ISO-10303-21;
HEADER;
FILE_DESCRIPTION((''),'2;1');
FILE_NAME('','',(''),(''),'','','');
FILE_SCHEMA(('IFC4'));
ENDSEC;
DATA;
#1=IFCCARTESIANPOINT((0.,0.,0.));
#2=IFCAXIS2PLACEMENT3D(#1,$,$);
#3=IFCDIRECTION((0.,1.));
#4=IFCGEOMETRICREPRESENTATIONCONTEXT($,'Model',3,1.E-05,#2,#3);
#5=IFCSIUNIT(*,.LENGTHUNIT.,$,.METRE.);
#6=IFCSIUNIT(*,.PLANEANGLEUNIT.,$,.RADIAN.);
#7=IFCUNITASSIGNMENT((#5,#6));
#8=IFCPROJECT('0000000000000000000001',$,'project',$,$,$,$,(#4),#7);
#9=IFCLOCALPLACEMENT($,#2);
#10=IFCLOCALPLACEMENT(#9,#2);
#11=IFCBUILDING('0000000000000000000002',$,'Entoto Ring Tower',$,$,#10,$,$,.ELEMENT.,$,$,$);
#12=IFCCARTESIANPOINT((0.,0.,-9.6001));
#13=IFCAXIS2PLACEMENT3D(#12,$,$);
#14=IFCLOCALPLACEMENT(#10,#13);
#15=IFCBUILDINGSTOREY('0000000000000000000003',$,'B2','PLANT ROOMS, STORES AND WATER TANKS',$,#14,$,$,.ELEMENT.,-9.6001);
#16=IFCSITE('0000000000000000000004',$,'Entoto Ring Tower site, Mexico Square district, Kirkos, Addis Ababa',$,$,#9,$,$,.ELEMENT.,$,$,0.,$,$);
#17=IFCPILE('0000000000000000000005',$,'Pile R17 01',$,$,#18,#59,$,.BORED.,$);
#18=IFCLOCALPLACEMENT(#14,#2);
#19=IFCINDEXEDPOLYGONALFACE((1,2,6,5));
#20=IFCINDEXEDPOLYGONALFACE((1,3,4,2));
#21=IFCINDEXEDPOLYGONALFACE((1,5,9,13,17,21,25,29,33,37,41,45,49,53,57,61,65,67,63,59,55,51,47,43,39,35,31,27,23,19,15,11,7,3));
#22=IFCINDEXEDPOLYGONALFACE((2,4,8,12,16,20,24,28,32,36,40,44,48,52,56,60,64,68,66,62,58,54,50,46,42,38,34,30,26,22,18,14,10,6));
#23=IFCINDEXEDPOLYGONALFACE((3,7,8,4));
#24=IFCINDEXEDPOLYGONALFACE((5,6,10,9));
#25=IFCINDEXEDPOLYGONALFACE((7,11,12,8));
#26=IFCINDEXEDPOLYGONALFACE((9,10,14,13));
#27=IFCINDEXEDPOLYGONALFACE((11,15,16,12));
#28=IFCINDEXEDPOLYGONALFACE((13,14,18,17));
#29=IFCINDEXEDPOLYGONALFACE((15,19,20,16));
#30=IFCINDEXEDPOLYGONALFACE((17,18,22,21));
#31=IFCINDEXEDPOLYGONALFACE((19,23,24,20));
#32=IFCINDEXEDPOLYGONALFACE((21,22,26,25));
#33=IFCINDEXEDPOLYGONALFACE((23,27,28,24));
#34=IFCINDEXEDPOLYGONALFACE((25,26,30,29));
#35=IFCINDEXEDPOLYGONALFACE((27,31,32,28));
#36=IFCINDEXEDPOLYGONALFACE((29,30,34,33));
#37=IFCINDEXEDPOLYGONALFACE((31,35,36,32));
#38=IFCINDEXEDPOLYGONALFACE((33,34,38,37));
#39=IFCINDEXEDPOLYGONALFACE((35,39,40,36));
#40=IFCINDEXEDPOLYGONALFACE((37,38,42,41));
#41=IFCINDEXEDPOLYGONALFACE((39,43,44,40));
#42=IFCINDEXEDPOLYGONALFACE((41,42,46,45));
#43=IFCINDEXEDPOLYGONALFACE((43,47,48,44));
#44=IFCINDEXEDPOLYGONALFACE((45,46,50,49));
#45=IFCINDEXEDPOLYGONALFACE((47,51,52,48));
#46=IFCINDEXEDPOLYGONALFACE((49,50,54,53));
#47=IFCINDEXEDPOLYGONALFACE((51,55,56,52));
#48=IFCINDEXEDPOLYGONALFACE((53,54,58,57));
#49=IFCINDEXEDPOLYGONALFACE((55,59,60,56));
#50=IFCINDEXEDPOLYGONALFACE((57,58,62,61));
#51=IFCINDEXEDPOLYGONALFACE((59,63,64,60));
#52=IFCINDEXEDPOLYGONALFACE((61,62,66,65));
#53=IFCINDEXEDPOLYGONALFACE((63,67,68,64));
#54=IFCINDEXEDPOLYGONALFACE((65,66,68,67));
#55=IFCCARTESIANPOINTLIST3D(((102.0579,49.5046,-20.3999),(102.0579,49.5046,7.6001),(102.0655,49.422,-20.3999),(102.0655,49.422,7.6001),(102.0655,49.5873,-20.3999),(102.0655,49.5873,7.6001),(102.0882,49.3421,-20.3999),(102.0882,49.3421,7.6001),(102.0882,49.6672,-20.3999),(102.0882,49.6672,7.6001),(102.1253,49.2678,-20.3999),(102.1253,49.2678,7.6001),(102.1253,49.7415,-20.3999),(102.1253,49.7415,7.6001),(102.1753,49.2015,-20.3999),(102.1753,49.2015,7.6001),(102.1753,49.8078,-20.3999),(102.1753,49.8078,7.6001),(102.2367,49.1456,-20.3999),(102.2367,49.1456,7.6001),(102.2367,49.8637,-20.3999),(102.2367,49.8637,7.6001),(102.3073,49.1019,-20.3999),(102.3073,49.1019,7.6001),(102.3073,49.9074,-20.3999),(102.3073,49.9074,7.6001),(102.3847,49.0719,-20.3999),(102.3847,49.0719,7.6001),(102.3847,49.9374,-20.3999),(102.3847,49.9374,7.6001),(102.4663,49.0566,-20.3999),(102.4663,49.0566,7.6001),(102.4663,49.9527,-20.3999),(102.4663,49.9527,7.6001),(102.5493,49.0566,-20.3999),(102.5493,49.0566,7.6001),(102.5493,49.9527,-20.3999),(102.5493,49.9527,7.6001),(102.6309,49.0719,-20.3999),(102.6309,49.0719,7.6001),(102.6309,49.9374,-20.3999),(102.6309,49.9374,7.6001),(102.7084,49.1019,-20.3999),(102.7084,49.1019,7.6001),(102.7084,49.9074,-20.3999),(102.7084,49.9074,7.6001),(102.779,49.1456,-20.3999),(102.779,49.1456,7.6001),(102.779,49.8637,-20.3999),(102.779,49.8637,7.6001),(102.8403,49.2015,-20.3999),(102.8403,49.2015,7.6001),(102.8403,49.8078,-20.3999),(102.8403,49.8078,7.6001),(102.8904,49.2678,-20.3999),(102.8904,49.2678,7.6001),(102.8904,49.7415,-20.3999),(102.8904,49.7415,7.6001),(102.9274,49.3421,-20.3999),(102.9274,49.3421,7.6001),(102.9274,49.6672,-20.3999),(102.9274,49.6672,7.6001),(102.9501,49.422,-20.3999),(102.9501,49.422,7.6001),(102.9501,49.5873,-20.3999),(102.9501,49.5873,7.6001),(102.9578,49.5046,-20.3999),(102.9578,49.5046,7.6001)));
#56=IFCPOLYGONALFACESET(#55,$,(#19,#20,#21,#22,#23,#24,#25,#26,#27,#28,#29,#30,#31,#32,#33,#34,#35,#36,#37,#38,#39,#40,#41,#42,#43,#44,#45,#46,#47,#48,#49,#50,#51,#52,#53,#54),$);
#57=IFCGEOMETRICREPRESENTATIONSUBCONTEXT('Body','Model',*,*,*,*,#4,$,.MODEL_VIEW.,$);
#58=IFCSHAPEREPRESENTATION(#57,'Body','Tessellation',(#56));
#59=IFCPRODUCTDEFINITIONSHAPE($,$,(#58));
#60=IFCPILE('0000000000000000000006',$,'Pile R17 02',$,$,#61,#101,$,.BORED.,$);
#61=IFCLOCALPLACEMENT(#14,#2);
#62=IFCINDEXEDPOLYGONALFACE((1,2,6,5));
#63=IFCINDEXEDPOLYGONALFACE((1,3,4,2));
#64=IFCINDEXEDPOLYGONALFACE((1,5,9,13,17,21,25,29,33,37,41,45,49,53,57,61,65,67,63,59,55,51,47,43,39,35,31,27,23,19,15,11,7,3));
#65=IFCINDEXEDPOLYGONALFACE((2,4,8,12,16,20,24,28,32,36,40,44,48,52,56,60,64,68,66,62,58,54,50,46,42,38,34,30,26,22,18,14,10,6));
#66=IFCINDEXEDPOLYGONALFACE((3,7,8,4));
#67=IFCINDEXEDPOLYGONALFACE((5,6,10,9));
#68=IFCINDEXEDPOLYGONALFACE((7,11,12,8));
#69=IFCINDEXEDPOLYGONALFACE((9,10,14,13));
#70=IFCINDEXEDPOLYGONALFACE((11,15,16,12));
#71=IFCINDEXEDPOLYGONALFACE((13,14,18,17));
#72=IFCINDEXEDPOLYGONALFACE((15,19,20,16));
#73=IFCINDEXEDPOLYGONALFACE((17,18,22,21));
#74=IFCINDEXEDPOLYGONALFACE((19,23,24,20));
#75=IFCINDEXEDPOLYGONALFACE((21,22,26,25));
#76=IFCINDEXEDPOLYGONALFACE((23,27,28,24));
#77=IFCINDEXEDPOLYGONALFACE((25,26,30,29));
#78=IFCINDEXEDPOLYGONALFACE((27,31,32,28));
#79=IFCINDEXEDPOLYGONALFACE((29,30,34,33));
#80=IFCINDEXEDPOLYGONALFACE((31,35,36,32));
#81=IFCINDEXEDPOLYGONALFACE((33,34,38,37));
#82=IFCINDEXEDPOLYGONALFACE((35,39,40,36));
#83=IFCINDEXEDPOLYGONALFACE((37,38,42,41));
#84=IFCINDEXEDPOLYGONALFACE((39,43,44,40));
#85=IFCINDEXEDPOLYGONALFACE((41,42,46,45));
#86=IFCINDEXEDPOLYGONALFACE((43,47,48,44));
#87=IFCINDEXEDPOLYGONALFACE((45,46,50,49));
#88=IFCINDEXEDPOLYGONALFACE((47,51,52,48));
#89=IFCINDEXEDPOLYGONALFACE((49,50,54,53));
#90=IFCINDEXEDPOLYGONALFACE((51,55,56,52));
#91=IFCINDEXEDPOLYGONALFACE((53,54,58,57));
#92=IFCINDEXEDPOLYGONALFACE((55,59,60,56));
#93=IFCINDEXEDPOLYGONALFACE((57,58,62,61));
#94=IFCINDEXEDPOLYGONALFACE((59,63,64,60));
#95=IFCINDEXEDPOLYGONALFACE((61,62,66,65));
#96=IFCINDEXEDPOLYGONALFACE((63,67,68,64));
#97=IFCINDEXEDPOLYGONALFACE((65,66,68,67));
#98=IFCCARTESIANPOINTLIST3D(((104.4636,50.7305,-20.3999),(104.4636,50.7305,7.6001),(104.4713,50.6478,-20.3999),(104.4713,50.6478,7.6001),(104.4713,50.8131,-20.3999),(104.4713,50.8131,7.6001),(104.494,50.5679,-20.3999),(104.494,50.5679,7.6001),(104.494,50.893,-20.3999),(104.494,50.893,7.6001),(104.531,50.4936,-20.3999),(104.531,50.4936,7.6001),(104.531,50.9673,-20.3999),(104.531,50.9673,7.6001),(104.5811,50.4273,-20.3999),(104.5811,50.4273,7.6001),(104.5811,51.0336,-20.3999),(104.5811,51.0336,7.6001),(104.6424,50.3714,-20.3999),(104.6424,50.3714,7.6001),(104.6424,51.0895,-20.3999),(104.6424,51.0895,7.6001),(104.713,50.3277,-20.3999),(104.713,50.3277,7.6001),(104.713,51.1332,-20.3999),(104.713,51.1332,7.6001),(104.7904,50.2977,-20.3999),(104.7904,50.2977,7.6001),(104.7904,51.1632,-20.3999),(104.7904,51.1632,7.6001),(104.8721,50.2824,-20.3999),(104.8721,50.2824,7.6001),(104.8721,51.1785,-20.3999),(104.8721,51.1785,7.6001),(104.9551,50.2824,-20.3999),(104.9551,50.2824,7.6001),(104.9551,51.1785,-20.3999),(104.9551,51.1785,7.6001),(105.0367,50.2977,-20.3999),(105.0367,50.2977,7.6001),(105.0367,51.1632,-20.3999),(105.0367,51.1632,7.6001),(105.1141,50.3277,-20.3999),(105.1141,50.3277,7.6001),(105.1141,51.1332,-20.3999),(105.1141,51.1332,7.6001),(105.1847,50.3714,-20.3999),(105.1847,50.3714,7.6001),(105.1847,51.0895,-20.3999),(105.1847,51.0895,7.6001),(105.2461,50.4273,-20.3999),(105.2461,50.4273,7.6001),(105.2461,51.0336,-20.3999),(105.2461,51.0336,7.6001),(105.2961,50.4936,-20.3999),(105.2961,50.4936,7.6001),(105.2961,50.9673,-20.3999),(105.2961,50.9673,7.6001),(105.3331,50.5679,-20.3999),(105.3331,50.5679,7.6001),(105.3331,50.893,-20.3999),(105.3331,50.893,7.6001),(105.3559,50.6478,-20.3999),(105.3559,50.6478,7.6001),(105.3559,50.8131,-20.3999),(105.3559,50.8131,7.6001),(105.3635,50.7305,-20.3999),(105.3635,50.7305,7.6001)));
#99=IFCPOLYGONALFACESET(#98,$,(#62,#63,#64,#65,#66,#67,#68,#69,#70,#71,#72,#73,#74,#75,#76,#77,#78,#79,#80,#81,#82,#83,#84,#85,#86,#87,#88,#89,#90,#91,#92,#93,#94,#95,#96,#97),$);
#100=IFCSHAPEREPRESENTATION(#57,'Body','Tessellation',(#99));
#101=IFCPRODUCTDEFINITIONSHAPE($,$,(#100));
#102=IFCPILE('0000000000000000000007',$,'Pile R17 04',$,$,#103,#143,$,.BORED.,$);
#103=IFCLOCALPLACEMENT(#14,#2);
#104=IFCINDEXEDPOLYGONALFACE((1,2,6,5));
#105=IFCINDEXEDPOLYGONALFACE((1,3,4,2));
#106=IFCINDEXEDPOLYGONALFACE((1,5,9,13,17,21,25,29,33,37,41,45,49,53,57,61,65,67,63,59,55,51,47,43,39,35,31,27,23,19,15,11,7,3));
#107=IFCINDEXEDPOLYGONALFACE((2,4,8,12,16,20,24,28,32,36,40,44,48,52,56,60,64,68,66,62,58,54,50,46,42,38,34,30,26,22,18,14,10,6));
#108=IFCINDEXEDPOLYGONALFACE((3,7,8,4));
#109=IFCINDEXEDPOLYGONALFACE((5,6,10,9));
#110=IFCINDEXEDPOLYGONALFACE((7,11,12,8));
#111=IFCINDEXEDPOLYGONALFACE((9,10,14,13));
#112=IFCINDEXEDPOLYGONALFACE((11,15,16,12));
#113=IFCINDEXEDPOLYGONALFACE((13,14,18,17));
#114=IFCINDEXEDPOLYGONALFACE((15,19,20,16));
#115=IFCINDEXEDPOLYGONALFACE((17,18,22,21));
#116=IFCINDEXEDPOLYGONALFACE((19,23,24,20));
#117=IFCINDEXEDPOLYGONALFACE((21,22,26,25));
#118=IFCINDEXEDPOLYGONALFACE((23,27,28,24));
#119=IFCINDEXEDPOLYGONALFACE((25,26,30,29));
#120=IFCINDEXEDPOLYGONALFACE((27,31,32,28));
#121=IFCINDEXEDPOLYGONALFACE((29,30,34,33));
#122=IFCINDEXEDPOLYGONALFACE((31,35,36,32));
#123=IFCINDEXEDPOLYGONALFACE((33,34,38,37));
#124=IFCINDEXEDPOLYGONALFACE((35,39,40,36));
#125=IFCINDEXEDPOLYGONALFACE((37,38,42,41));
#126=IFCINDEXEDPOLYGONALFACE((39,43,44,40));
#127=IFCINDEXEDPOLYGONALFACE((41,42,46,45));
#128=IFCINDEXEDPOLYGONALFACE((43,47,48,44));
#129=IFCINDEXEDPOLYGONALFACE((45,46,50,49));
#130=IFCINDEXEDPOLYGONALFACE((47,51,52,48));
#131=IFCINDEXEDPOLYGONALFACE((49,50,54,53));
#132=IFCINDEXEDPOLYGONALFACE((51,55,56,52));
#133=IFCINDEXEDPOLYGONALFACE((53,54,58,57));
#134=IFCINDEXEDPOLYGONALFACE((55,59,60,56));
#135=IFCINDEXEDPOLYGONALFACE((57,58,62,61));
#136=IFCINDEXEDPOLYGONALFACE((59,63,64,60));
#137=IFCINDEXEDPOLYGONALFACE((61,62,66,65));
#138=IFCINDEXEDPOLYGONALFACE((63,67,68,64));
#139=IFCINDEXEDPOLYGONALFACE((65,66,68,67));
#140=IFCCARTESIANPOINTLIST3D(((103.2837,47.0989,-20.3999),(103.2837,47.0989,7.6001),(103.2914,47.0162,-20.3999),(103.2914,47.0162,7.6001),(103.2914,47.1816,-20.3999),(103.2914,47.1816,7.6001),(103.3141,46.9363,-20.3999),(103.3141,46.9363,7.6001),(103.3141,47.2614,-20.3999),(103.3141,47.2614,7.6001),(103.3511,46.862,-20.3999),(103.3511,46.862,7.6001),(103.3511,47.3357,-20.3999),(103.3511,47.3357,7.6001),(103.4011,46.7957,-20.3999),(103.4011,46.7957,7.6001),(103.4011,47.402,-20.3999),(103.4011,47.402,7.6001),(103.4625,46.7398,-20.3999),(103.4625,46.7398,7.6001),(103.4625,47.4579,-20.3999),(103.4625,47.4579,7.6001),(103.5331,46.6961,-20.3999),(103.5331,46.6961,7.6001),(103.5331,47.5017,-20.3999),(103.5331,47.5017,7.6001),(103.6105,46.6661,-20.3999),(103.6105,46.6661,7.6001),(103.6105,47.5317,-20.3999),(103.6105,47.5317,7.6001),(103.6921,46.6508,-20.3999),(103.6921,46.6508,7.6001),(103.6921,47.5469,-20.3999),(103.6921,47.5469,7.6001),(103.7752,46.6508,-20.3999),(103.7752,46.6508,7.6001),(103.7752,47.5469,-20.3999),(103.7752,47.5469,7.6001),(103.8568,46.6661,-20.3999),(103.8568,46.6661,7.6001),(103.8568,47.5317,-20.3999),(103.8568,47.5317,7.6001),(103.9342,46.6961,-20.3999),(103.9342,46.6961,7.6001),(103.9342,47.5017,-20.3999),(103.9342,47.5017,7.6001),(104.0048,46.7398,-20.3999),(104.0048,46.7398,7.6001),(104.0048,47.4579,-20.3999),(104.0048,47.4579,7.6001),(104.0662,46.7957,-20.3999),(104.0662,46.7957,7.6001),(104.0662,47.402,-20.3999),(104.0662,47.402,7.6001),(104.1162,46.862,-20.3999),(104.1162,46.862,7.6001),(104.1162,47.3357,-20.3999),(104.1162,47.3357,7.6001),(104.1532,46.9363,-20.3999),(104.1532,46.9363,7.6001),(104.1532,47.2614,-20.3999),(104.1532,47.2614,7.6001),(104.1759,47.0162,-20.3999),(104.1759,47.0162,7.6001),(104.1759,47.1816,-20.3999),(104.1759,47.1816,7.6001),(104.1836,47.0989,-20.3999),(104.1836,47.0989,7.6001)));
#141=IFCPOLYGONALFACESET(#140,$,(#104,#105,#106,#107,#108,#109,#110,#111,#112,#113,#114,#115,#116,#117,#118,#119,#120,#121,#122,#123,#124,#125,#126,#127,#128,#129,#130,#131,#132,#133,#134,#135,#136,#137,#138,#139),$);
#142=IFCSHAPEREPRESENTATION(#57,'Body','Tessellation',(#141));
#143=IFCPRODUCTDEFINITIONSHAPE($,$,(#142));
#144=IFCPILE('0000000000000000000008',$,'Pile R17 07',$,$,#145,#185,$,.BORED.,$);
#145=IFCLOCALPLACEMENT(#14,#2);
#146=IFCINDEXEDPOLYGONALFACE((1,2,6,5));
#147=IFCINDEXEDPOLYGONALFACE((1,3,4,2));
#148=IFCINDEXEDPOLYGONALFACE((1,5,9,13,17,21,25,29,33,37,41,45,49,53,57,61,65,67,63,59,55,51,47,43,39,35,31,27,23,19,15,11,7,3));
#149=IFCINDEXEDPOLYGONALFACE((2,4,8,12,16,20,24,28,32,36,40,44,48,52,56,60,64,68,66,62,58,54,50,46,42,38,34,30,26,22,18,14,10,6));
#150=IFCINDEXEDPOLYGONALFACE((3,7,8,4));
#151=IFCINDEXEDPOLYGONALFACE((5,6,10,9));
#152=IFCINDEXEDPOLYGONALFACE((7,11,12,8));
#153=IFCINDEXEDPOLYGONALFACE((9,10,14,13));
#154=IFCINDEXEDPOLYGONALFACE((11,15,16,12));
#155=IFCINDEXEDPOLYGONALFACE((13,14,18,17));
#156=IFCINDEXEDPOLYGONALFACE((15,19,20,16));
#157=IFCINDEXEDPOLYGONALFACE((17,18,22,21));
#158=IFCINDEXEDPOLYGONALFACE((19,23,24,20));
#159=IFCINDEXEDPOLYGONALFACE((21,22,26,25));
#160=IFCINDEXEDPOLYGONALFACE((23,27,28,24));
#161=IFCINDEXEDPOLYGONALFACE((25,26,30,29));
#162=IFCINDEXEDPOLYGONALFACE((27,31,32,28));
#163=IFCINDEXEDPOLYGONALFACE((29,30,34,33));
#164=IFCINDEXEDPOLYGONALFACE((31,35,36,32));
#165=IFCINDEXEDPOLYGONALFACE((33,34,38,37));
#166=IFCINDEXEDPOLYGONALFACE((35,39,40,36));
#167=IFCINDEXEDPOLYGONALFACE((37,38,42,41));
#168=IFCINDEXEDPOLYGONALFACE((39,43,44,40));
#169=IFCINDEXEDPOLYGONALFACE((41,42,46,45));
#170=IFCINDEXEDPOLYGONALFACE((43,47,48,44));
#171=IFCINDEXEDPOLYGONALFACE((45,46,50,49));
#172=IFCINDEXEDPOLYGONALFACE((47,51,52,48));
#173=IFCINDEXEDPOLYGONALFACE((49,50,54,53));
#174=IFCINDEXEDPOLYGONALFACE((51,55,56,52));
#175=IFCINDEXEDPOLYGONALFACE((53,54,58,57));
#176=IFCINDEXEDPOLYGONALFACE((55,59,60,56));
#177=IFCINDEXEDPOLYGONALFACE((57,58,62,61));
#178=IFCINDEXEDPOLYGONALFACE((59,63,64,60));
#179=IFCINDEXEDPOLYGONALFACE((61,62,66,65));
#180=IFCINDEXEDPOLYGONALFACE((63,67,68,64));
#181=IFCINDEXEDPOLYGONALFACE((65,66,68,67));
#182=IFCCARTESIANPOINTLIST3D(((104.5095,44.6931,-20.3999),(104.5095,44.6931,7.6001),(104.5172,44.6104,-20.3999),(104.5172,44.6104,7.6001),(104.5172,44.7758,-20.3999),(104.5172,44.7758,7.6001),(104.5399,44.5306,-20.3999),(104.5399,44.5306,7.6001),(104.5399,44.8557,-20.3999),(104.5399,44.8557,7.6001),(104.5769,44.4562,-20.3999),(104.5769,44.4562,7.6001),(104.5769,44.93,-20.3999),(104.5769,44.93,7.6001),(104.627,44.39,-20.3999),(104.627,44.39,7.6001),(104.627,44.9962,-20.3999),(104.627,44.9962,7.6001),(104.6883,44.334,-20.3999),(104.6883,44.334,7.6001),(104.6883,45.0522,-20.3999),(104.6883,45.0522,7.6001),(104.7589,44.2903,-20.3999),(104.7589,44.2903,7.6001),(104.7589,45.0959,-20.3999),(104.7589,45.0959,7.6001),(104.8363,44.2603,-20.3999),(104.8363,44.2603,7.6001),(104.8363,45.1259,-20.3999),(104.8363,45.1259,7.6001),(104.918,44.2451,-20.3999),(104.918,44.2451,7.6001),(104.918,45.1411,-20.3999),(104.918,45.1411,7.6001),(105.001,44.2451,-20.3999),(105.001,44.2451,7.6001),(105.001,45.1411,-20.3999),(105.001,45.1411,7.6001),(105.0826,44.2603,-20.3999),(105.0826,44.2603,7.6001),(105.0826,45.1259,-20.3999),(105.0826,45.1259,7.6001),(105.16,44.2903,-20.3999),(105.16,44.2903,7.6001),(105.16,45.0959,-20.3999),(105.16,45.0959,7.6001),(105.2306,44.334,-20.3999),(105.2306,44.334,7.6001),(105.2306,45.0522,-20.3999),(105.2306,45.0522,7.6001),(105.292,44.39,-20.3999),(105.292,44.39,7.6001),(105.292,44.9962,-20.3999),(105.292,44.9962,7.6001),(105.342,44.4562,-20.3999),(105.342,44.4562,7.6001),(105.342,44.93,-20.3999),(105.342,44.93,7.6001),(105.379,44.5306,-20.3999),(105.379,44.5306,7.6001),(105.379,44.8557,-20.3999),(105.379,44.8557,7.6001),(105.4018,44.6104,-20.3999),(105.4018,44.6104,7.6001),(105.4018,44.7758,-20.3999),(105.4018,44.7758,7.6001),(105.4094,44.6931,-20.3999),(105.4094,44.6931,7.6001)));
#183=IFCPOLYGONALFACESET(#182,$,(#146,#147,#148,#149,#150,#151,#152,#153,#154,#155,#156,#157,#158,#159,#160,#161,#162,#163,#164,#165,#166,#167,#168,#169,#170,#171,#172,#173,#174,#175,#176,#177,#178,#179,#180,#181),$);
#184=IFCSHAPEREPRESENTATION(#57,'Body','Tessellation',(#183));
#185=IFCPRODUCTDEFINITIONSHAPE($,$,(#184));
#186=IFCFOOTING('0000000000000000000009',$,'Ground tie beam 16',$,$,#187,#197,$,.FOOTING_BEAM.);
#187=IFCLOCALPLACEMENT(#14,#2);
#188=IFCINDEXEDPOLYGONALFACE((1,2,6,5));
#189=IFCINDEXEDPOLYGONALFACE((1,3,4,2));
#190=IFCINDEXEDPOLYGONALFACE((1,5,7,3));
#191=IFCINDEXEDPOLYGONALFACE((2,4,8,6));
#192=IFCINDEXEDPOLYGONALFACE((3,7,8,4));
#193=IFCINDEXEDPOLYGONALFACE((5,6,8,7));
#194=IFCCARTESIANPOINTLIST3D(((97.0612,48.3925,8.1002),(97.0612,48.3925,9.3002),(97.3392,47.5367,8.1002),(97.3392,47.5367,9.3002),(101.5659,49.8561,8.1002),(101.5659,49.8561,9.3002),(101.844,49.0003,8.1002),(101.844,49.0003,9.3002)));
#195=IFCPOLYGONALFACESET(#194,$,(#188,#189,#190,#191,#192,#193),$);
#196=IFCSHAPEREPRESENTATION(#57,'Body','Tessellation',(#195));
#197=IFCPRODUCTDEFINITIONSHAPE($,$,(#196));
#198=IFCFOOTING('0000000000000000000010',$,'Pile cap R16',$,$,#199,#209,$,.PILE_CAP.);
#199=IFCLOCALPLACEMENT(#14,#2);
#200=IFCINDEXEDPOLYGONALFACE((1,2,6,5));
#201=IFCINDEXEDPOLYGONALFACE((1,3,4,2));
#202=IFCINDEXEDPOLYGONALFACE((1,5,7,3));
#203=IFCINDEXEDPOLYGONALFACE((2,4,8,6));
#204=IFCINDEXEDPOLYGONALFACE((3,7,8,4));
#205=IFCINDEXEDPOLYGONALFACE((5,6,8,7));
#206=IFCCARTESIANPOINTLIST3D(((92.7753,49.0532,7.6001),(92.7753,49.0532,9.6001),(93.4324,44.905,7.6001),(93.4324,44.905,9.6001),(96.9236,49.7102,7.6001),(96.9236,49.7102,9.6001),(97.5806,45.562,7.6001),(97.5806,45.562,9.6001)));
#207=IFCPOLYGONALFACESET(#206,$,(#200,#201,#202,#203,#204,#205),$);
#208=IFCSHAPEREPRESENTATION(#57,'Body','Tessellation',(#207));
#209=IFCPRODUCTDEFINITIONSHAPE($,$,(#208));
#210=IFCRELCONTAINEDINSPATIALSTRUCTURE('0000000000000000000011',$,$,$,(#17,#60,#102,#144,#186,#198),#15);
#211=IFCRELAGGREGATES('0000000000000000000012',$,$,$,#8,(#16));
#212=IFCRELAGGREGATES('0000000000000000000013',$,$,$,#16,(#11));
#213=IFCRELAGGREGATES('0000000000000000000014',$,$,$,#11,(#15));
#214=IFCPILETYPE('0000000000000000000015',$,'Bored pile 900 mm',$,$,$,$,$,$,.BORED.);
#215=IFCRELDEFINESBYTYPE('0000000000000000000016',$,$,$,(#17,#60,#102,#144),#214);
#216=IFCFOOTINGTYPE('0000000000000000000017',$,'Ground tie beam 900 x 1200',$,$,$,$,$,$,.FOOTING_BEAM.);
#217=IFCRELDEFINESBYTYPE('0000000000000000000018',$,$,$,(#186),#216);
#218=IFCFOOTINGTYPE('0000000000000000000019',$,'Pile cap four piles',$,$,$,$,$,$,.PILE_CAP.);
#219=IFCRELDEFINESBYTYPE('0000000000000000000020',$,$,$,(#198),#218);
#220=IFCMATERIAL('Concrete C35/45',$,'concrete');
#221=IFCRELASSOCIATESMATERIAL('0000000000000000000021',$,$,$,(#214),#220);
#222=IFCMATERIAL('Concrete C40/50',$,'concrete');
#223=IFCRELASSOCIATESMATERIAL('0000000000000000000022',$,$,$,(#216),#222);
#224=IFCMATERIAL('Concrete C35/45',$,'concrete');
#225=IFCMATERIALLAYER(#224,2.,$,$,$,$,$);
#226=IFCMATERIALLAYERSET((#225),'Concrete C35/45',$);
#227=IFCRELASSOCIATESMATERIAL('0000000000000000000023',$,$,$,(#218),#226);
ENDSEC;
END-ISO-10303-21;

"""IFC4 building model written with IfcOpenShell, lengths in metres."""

from ifc_helpers import new_model, si_unit, direction, frame, origin, origin_2d, place, context, subcontext, project, spatial, rectangle, circle, extrude, material, layer, layer_set, material_profile, profile_set, type_object, element, save


model = new_model("IFC4")

# Units and contexts
model_context = context("Model", 3, precision=1e-05, world=origin(), true_north=direction((0.0, 1.0)))
body_context = subcontext(model_context, "Body", "Model", "MODEL_VIEW")
ifc_project = project(units=[si_unit("LENGTHUNIT", "METRE"), si_unit("PLANEANGLEUNIT", "RADIAN")], contexts=[model_context])

# Site, building, storey
site_placement = place(None, origin())
site = spatial("IfcSite", under=ifc_project, at=site_placement, Name="Entoto Ring Tower site, Mexico Square district, Kirkos, Addis Ababa", CompositionType="ELEMENT", RefElevation=0.0)
building_placement = place(site_placement, origin())
building = spatial("IfcBuilding", under=site, at=building_placement, Name="Entoto Ring Tower", CompositionType="ELEMENT")
storey_placement = place(building_placement, frame((0.0, 0.0, -9.6001)))
storey = spatial("IfcBuildingStorey", under=building, at=storey_placement, Name="B2", Description="PLANT ROOMS, STORES AND WATER TANKS", CompositionType="ELEMENT", Elevation=-9.6001)

# Piles
ifc_material_1 = material(Name="Concrete C35/45", Category="concrete")
ifc_material_profile_1 = material_profile(ifc_material_1, circle(Radius=0.45, at=origin_2d()), Name="Bored pile 900 mm")
ifc_profile_set_1 = profile_set([ifc_material_profile_1], Name="Concrete C35/45")
pile_type_1 = type_object("IfcPileType", Name="Bored pile 900 mm", PredefinedType="BORED", material=ifc_profile_set_1)
for number, where, z_axis, x_axis, name in (
    (1, (102.5078, 49.5046, 7.6001), (0.0, 0.0, -1.0), (1.0, 0.0, 0.0), "Pile R17 01"),
    (2, (104.9136, 50.7305, 7.6001), (0.0, 0.0, -1.0), (1.0, 0.0, 0.0), "Pile R17 02"),
    (3, (103.7336, 47.0989, 7.6001), (0.0, 0.0, -1.0), (1.0, 0.0, 0.0), "Pile R17 04"),
    (4, (104.9595, 44.6931, 7.6001), (0.0, 0.0, -1.0), (1.0, 0.0, 0.0), "Pile R17 07"),
):
    element("IfcPile", number, at=place(storey_placement, frame(where, z_axis=z_axis, x_axis=x_axis)), inside=storey, type_object=pile_type_1, Name=name, PredefinedType="BORED", context=body_context, shape_type="SweptSolid", body=[
        extrude(circle(Radius=0.45, at=origin_2d()), origin(), (0.0, 0.0, 1.0), 28.0),
    ])

# Footings
ifc_material_2 = material(Name="Concrete C40/50", Category="concrete")
ifc_material_profile_2 = material_profile(ifc_material_2, rectangle(XDim=0.8999, YDim=1.2, at=origin_2d()), Name="Ground tie beam 900 x 1200")
ifc_profile_set_2 = profile_set([ifc_material_profile_2], Name="Concrete C40/50")
footing_type_1 = type_object("IfcFootingType", Name="Ground tie beam 900 x 1200", PredefinedType="FOOTING_BEAM", material=ifc_profile_set_2)
footing_1_placement = place(storey_placement, frame((97.2002, 47.9646, 8.7002), z_axis=(0.951063, 0.308997, 0.0), x_axis=(-0.308997, 0.951063, 0.0)))
element("IfcFooting", 5, at=footing_1_placement, inside=storey, type_object=footing_type_1, Name="Ground tie beam 16", PredefinedType="FOOTING_BEAM", context=body_context, shape_type="SweptSolid", body=[
    extrude(rectangle(XDim=0.8999, YDim=1.2, at=origin_2d()), origin(), (0.0, 0.0, 1.0), 4.7366),
])
ifc_material_3 = material(Name="Concrete C35/45", Category="concrete")
ifc_layer_1 = layer(ifc_material_3, 2.0)
ifc_layer_set_1 = layer_set([ifc_layer_1], Name="Concrete C35/45")
footing_type_2 = type_object("IfcFootingType", Name="Pile cap four piles", PredefinedType="PILE_CAP", material=ifc_layer_set_1)
footing_2_placement = place(storey_placement, frame((95.178, 47.3076, 7.6001), z_axis=(0.0, 0.0, 1.0), x_axis=(0.156434, -0.987688, 0.0)))
element("IfcFooting", 6, at=footing_2_placement, inside=storey, type_object=footing_type_2, Name="Pile cap R16", PredefinedType="PILE_CAP", context=body_context, shape_type="SweptSolid", body=[
    extrude(rectangle(XDim=4.2, YDim=4.2, at=origin_2d()), origin(), (0.0, 0.0, 1.0), 2.0),
])

save(model, "model.ifc")
